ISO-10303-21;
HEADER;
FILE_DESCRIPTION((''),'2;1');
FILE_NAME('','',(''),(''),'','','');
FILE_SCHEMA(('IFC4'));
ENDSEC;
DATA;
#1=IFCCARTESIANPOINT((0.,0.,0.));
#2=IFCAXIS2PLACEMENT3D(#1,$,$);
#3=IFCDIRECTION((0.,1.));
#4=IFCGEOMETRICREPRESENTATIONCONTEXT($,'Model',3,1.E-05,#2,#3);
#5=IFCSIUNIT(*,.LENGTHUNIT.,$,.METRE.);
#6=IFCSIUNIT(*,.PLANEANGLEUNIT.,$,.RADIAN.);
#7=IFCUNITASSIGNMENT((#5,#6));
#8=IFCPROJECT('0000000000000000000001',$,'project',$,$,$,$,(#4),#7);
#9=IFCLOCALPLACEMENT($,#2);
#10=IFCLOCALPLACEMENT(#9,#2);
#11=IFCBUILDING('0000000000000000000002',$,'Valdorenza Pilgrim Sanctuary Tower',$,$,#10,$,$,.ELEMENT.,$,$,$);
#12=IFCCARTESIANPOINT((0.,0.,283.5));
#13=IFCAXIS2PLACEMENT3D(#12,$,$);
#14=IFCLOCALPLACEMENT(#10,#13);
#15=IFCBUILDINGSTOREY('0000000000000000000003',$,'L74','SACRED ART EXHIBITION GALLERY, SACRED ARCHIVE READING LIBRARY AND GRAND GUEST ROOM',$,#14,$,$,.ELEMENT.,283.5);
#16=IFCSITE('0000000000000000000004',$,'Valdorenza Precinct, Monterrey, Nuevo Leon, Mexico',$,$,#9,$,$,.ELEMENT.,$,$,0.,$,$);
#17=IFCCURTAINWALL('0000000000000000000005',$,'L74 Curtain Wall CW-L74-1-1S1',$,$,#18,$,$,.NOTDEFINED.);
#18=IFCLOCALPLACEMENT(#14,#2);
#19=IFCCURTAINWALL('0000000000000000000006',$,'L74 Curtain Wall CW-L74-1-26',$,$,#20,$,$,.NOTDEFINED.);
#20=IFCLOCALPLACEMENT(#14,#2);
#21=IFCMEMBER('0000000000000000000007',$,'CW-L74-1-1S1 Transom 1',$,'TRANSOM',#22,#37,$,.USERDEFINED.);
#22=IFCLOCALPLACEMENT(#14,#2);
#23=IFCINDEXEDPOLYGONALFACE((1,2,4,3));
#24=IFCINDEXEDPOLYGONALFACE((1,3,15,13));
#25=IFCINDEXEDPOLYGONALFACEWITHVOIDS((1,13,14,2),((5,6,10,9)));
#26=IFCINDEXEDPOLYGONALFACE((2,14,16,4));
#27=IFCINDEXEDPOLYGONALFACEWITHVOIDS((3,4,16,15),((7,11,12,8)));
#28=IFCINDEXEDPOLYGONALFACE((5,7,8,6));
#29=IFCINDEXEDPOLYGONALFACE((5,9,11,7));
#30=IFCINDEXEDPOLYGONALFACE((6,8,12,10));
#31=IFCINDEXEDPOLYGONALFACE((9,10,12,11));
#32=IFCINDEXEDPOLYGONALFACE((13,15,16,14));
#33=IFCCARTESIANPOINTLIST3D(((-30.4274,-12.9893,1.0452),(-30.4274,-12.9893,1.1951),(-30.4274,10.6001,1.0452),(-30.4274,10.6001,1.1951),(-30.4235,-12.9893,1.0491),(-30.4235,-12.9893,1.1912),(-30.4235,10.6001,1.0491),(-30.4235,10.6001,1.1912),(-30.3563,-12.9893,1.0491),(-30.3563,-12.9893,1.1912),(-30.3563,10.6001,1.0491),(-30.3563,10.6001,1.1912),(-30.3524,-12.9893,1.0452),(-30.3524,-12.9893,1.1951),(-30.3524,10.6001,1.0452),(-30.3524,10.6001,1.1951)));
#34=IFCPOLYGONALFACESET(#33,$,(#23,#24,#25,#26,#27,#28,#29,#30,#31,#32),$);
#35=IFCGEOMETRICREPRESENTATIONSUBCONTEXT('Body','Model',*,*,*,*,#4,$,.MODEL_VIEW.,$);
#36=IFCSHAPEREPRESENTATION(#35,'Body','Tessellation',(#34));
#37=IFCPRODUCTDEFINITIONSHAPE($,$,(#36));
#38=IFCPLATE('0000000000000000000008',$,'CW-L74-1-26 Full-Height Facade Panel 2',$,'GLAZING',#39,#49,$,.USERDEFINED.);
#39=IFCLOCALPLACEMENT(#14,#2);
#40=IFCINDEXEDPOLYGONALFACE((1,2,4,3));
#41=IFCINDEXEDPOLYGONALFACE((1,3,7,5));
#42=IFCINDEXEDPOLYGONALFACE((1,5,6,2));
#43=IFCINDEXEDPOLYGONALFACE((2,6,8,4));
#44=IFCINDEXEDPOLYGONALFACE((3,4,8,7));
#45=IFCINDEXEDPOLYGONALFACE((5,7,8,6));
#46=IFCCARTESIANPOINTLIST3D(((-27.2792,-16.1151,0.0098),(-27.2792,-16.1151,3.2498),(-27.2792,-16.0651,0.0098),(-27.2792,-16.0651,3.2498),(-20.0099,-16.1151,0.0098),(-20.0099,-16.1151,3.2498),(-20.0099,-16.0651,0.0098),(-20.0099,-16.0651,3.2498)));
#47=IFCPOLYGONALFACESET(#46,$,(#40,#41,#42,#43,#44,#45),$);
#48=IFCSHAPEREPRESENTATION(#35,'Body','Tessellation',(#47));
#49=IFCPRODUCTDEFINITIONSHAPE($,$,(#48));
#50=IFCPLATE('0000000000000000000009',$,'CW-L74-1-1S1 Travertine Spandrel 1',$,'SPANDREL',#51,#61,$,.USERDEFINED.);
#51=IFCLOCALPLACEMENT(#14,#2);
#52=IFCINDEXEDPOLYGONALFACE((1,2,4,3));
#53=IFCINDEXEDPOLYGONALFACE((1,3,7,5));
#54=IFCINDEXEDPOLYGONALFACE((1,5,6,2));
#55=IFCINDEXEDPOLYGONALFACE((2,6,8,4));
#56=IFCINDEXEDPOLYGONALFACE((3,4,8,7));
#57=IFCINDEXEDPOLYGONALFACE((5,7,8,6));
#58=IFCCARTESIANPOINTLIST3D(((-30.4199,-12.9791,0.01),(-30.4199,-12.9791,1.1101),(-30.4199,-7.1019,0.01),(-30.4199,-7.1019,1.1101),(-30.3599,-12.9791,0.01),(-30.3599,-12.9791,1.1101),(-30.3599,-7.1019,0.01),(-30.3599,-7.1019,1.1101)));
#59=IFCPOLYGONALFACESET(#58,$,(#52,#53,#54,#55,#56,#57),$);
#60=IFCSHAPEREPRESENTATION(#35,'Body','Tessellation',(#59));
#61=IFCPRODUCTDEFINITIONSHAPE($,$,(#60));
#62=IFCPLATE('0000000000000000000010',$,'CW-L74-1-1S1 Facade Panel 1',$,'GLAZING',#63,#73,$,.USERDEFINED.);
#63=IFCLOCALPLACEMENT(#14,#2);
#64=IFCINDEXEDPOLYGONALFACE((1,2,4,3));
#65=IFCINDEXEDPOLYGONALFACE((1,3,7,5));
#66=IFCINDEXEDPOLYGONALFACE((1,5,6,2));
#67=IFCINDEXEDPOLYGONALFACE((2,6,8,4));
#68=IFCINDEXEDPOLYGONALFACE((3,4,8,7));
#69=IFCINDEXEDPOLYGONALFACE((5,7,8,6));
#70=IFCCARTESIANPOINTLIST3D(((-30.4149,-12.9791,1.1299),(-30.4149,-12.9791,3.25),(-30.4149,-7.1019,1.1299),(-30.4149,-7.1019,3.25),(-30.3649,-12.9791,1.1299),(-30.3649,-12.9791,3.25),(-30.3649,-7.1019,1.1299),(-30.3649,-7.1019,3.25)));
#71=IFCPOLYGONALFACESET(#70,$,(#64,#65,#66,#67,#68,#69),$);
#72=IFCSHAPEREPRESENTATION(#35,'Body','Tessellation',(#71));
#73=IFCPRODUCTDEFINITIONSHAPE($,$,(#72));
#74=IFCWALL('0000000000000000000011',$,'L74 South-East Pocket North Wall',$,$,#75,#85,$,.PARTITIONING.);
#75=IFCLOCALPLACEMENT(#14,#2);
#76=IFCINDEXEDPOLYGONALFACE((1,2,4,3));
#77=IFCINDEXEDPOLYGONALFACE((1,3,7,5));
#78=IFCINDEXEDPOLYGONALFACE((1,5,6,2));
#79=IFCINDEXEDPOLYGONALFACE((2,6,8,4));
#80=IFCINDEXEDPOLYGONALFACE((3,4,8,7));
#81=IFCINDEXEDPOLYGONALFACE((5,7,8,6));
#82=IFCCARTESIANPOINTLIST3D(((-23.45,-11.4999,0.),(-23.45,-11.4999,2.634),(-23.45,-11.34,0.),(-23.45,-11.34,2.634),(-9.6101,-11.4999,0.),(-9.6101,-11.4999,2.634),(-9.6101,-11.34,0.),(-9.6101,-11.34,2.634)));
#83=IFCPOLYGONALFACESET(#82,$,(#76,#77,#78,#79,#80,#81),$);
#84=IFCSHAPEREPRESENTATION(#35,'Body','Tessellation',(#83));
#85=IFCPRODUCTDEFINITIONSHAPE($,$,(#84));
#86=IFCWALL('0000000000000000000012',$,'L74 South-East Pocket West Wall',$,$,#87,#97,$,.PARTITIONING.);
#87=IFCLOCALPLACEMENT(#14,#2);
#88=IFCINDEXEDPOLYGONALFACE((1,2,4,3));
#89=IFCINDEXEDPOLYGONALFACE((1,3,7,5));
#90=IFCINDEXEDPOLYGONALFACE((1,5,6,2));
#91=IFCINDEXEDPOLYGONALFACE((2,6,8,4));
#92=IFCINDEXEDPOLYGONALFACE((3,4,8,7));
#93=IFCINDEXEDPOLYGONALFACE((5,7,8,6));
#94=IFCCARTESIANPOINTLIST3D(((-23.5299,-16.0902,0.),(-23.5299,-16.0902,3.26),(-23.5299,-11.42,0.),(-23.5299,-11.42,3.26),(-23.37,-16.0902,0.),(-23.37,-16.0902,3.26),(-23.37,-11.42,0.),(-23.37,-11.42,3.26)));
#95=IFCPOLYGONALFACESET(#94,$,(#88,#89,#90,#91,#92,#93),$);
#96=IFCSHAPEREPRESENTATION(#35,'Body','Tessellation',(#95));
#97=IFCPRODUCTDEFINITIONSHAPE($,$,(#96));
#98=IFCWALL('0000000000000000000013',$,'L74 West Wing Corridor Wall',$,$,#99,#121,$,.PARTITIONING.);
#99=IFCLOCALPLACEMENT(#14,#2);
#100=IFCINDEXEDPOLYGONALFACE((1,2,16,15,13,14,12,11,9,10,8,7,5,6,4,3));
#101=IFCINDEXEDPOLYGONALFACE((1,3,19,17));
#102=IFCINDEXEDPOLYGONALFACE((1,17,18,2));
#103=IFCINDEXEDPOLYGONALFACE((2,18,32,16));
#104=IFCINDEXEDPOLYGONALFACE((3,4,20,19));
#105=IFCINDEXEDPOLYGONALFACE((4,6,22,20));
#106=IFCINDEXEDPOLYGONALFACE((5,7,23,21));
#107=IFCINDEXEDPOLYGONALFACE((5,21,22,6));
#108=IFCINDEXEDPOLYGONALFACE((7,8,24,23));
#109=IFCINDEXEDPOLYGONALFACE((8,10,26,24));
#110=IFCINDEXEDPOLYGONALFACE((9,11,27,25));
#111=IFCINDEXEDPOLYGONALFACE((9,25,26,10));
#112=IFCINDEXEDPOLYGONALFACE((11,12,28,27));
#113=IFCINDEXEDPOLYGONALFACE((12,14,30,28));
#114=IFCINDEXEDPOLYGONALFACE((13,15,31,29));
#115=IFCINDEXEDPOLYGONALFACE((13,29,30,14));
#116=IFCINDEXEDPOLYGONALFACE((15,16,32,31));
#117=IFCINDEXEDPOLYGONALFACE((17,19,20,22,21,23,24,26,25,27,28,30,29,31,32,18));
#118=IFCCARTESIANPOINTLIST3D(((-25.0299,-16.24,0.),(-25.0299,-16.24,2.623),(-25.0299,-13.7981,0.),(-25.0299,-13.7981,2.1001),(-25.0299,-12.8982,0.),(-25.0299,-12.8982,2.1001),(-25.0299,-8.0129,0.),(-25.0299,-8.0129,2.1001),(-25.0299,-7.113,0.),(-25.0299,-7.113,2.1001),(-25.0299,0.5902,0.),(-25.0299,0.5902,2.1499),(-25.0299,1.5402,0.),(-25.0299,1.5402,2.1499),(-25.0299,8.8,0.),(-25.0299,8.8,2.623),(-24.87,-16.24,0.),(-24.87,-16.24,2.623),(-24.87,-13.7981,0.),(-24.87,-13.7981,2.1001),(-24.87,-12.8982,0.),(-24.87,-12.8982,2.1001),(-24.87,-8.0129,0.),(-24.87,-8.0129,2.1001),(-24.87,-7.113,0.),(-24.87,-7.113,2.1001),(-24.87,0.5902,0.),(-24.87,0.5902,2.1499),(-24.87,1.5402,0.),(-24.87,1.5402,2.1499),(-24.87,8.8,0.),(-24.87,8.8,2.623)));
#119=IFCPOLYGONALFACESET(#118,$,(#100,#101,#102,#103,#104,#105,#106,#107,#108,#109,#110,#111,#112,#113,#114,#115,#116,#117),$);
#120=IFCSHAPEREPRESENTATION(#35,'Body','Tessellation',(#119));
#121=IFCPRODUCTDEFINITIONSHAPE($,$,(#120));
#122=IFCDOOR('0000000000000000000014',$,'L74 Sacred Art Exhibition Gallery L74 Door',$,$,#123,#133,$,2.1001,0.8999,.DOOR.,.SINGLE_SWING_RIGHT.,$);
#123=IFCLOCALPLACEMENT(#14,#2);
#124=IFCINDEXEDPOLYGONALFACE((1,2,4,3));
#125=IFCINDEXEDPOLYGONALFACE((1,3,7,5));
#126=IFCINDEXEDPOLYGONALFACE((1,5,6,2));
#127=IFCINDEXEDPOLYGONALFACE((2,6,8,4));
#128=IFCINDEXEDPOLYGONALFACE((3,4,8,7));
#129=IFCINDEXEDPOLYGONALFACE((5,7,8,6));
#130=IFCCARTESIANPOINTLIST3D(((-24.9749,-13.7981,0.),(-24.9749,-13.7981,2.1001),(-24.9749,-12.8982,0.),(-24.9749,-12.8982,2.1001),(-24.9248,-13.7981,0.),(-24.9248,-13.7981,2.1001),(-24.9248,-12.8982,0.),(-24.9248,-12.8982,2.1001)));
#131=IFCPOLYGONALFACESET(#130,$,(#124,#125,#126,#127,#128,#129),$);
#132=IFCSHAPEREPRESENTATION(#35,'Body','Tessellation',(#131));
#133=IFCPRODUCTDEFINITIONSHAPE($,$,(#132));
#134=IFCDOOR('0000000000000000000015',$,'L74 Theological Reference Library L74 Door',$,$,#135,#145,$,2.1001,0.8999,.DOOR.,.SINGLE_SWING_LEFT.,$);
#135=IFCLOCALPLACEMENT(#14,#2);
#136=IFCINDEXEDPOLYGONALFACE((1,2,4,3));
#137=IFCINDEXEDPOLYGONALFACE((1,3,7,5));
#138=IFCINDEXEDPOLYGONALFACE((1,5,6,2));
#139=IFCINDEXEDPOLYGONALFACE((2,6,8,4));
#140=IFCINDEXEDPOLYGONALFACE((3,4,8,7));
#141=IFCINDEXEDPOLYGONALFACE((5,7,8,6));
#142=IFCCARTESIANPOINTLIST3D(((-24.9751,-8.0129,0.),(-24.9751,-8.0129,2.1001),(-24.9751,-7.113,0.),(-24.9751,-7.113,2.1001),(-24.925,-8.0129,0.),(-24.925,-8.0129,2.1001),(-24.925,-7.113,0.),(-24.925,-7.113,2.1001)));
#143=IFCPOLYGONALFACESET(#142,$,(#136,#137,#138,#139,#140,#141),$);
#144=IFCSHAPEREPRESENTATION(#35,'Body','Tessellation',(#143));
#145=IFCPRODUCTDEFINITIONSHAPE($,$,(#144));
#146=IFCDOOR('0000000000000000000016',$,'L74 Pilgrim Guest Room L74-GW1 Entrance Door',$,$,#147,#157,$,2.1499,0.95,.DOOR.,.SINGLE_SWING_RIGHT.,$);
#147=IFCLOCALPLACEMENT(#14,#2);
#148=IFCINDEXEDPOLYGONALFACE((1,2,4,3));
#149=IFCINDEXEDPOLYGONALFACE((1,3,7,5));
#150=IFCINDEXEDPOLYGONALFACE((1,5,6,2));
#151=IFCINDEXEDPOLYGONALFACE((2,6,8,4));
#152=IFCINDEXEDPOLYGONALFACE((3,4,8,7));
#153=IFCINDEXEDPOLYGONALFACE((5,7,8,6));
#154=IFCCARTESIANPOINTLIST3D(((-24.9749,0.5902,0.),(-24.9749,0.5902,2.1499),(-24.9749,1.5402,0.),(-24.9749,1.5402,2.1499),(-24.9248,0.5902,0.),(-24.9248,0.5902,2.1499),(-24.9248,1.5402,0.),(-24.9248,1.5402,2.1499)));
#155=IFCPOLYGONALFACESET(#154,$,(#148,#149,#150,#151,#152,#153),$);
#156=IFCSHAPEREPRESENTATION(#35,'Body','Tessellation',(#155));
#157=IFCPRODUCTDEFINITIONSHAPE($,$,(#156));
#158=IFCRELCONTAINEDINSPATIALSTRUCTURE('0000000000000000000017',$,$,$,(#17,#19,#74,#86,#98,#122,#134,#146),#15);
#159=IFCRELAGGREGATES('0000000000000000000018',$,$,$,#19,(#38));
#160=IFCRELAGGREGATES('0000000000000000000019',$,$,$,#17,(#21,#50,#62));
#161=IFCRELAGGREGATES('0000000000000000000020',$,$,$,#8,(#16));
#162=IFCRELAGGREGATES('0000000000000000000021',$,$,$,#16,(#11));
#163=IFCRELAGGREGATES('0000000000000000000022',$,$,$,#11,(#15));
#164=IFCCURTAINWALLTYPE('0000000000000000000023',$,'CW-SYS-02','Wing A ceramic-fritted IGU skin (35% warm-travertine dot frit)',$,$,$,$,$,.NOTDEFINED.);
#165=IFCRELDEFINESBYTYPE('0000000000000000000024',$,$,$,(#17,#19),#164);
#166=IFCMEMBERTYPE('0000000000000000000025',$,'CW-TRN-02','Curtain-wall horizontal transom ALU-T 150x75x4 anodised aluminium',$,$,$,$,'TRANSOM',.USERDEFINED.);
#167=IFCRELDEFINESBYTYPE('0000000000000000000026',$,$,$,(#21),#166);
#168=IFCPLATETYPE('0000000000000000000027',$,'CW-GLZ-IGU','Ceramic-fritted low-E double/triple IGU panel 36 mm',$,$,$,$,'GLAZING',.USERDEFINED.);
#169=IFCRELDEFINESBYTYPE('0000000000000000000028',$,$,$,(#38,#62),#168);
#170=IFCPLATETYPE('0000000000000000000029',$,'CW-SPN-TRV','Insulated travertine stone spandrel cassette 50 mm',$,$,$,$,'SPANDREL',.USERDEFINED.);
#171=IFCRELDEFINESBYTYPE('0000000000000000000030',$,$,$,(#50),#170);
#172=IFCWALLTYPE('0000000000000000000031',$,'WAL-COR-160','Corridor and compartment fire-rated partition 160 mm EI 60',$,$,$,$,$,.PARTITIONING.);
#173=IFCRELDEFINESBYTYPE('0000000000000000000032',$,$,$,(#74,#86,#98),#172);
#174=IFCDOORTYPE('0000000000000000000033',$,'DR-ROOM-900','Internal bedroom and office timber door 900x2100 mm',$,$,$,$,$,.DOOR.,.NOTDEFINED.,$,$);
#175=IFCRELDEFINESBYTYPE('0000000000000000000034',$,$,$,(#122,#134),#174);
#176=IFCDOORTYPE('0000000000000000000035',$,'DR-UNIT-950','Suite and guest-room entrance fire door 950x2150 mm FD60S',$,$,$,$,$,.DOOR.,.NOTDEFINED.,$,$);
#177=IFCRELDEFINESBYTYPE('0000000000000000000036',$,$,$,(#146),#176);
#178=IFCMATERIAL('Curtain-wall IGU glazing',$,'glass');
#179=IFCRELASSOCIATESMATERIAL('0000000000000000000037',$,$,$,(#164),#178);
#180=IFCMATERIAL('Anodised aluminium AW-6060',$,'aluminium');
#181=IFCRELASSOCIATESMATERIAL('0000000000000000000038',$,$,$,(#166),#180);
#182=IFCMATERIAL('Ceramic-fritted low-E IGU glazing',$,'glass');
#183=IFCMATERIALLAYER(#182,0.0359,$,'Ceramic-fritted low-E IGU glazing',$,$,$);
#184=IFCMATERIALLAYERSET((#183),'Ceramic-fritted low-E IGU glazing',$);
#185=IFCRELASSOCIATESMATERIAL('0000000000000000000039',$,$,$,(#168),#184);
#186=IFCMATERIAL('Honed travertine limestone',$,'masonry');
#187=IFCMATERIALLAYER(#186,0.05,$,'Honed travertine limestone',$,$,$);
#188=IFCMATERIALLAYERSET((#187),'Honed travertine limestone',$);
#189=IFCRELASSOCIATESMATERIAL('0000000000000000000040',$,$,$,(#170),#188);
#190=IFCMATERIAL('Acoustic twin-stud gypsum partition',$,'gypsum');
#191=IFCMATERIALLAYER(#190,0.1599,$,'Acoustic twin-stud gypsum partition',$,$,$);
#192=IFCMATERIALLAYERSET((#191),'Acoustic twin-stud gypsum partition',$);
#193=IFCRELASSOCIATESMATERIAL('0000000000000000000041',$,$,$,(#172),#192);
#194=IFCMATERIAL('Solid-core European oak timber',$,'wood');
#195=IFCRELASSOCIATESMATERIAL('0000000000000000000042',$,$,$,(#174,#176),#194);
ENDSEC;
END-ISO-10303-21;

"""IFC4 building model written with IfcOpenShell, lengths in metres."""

from ifc_helpers import new_model, si_unit, direction, frame, frame_2d, origin, origin_2d, place, context, subcontext, project, spatial, rectangle, hollow_rectangle, extrude, source, transform, mapped, material, layer, layer_set, material_profile, profile_set, type_object, element, fill, aggregate, save


model = new_model("IFC4")

# Units and contexts
model_context = context("Model", 3, precision=1e-05, world=origin(), true_north=direction((0.0, 1.0)))
body_context = subcontext(model_context, "Body", "Model", "MODEL_VIEW")
ifc_project = project(units=[si_unit("LENGTHUNIT", "METRE"), si_unit("PLANEANGLEUNIT", "RADIAN")], contexts=[model_context])

# Site, building, storey
site_placement = place(None, origin())
site = spatial("IfcSite", under=ifc_project, at=site_placement, Name="Valdorenza Precinct, Monterrey, Nuevo Leon, Mexico", CompositionType="ELEMENT", RefElevation=0.0)
building_placement = place(site_placement, origin())
building = spatial("IfcBuilding", under=site, at=building_placement, Name="Valdorenza Pilgrim Sanctuary Tower", CompositionType="ELEMENT")
storey_placement = place(building_placement, frame((0.0, 0.0, 283.5)))
storey = spatial("IfcBuildingStorey", under=building, at=storey_placement, Name="L74", Description="SACRED ART EXHIBITION GALLERY, SACRED ARCHIVE READING LIBRARY AND GRAND GUEST ROOM", CompositionType="ELEMENT", Elevation=283.5)

# Curtain wall
ifc_material_1 = material(Name="Curtain-wall IGU glazing", Category="glass")
curtain_wall_type = type_object("IfcCurtainWallType", Name="CW-SYS-02", Description="Wing A ceramic-fritted IGU skin (35% warm-travertine dot frit)", PredefinedType="NOTDEFINED", material=ifc_material_1)
curtain_wall_1_placement = place(storey_placement, origin())
curtain_wall_1 = element("IfcCurtainWall", 1, at=curtain_wall_1_placement, inside=storey, type_object=curtain_wall_type, Name="L74 Curtain Wall CW-L74-1-1S1", PredefinedType="NOTDEFINED")
ifc_material_2 = material(Name="Anodised aluminium AW-6060", Category="aluminium")

# Curtain wall
curtain_wall_2_placement = place(storey_placement, origin())
curtain_wall_2 = element("IfcCurtainWall", 2, at=curtain_wall_2_placement, inside=storey, type_object=curtain_wall_type, Name="L74 Curtain Wall CW-L74-1-26", PredefinedType="NOTDEFINED")

# Member
ifc_material_profile_1 = material_profile(ifc_material_2, hollow_rectangle(XDim=0.075, YDim=0.1499, WallThickness=0.0039, at=origin_2d()), Name="ALU-T 150x75x4")
ifc_profile_set_1 = profile_set([ifc_material_profile_1], Name="Anodised aluminium AW-6060")
member_type_1 = type_object("IfcMemberType", Name="CW-TRN-02", Description="Curtain-wall horizontal transom ALU-T 150x75x4 anodised aluminium", ElementType="TRANSOM", PredefinedType="USERDEFINED", material=ifc_profile_set_1)
shared_shape_1 = source(origin(), body_context, "Body", "SweptSolid", [
    extrude(hollow_rectangle(XDim=0.075, YDim=0.1499, WallThickness=0.0039, at=origin_2d()), origin(), (0.0, 0.0, 1.0), 23.5894),
])
member_1_placement = place(storey_placement, frame((-30.3899, -12.9893, 1.1201), z_axis=(0.0, 1.0, 0.0), x_axis=(-1.0, 0.0, 0.0)))
member_1 = element("IfcMember", 3, at=member_1_placement, type_object=member_type_1, Name="CW-L74-1-1S1 Transom 1", ObjectType="TRANSOM", PredefinedType="USERDEFINED", context=body_context, shape_type="MappedRepresentation", body=[
    mapped(shared_shape_1, transform((0.0, 0.0, 0.0), x_axis=(1.0, 0.0, 0.0), y_axis=(0.0, 1.0, 0.0), z_axis=(0.0, 0.0, 1.0), scale=1.0)),
])

# Plates
ifc_material_3 = material(Name="Ceramic-fritted low-E IGU glazing", Category="glass")
ifc_layer_1 = layer(ifc_material_3, 0.0359, Name="Ceramic-fritted low-E IGU glazing")
ifc_layer_set_1 = layer_set([ifc_layer_1], Name="Ceramic-fritted low-E IGU glazing")
plate_type_1 = type_object("IfcPlateType", Name="CW-GLZ-IGU", Description="Ceramic-fritted low-E double/triple IGU panel 36 mm", ElementType="GLAZING", PredefinedType="USERDEFINED", material=ifc_layer_set_1)
shared_shape_2 = source(origin(), body_context, "Body", "SweptSolid", [
    extrude(rectangle(XDim=7.2693, YDim=0.05, at=origin_2d()), origin(), (0.0, 0.0, 1.0), 3.24),
])
plate_1_placement = place(storey_placement, frame((-23.6445, -16.0901, 0.0098), z_axis=(0.0, 0.0, 1.0), x_axis=(-1.0, 0.0, 0.0)))
plate_1 = element("IfcPlate", 4, at=plate_1_placement, type_object=plate_type_1, Name="CW-L74-1-26 Full-Height Facade Panel 2", ObjectType="GLAZING", PredefinedType="USERDEFINED", context=body_context, shape_type="MappedRepresentation", body=[
    mapped(shared_shape_2, transform((0.0, 0.0, 0.0), x_axis=(1.0, 0.0, 0.0), y_axis=(0.0, 1.0, 0.0), z_axis=(0.0, 0.0, 1.0), scale=1.0)),
])
aggregate(curtain_wall_2, [plate_1])
ifc_material_4 = material(Name="Honed travertine limestone", Category="masonry")
ifc_layer_2 = layer(ifc_material_4, 0.05, Name="Honed travertine limestone")
ifc_layer_set_2 = layer_set([ifc_layer_2], Name="Honed travertine limestone")
plate_type_2 = type_object("IfcPlateType", Name="CW-SPN-TRV", Description="Insulated travertine stone spandrel cassette 50 mm", ElementType="SPANDREL", PredefinedType="USERDEFINED", material=ifc_layer_set_2)
shared_shape_3 = source(origin(), body_context, "Body", "SweptSolid", [
    extrude(rectangle(XDim=5.8772, YDim=0.0601, at=origin_2d()), origin(), (0.0, 0.0, 1.0), 1.1001),
])
plate_2_placement = place(storey_placement, frame((-30.3899, -10.0405, 0.01), z_axis=(0.0, 0.0, 1.0), x_axis=(0.0, 1.0, 0.0)))
plate_2 = element("IfcPlate", 5, at=plate_2_placement, type_object=plate_type_2, Name="CW-L74-1-1S1 Travertine Spandrel 1", ObjectType="SPANDREL", PredefinedType="USERDEFINED", context=body_context, shape_type="MappedRepresentation", body=[
    mapped(shared_shape_3, transform((0.0, 0.0, 0.0), x_axis=(1.0, 0.0, 0.0), y_axis=(0.0, 1.0, 0.0), z_axis=(0.0, 0.0, 1.0), scale=1.0)),
])
shared_shape_4 = source(origin(), body_context, "Body", "SweptSolid", [
    extrude(rectangle(XDim=5.8772, YDim=0.05, at=origin_2d()), origin(), (0.0, 0.0, 1.0), 2.1201),
])
plate_3_placement = place(storey_placement, frame((-30.3899, -10.0405, 1.1299), z_axis=(0.0, 0.0, 1.0), x_axis=(0.0, 1.0, 0.0)))
plate_3 = element("IfcPlate", 6, at=plate_3_placement, type_object=plate_type_1, Name="CW-L74-1-1S1 Facade Panel 1", ObjectType="GLAZING", PredefinedType="USERDEFINED", context=body_context, shape_type="MappedRepresentation", body=[
    mapped(shared_shape_4, transform((0.0, 0.0, 0.0), x_axis=(1.0, 0.0, 0.0), y_axis=(0.0, 1.0, 0.0), z_axis=(0.0, 0.0, 1.0), scale=1.0)),
])
aggregate(curtain_wall_1, [member_1, plate_2, plate_3])

# Walls
ifc_material_5 = material(Name="Acoustic twin-stud gypsum partition", Category="gypsum")
ifc_layer_3 = layer(ifc_material_5, 0.1599, Name="Acoustic twin-stud gypsum partition")
ifc_layer_set_3 = layer_set([ifc_layer_3], Name="Acoustic twin-stud gypsum partition")
wall_type_1 = type_object("IfcWallType", Name="WAL-COR-160", Description="Corridor and compartment fire-rated partition 160 mm EI 60", PredefinedType="PARTITIONING", material=ifc_layer_set_3)
wall_1_placement = place(storey_placement, frame((-23.45, -11.4199, 0.0), z_axis=(0.0, 0.0, 1.0), x_axis=(1.0, 0.0, 0.0)))
element("IfcWall", 7, at=wall_1_placement, inside=storey, type_object=wall_type_1, Name="L74 South-East Pocket North Wall", PredefinedType="PARTITIONING", context=body_context, shape_type="SweptSolid", body=[
    extrude(rectangle(XDim=13.8398, YDim=0.1599, at=frame_2d((6.9199, 0.0))), origin(), (0.0, 0.0, 1.0), 2.634),
])
wall_2_placement = place(storey_placement, frame((-23.45, -16.0901, 0.0), z_axis=(0.0, 0.0, 1.0), x_axis=(0.0, 1.0, 0.0)))
element("IfcWall", 8, at=wall_2_placement, inside=storey, type_object=wall_type_1, Name="L74 South-East Pocket West Wall", PredefinedType="PARTITIONING", context=body_context, shape_type="SweptSolid", body=[
    extrude(rectangle(XDim=4.6702, YDim=0.1599, at=frame_2d((2.335, 0.0))), origin(), (0.0, 0.0, 1.0), 3.26),
])

# Wall, openings, doors
wall_3_placement = place(storey_placement, frame((-24.95, -16.24, 0.0), z_axis=(0.0, 0.0, 1.0), x_axis=(0.0, 1.0, 0.0)))
wall_3 = element("IfcWall", 9, at=wall_3_placement, inside=storey, type_object=wall_type_1, Name="L74 West Wing Corridor Wall", PredefinedType="PARTITIONING", context=body_context, shape_type="SweptSolid", body=[
    extrude(rectangle(XDim=25.04, YDim=0.1599, at=frame_2d((12.52, 0.0))), origin(), (0.0, 0.0, 1.0), 2.623),
])
opening_1_placement = place(wall_3_placement, frame((2.4419, 0.0, 0.0)))
opening_1 = element("IfcOpeningElement", 10, at=opening_1_placement, cuts=wall_3, PredefinedType="OPENING", context=body_context, shape_type="SweptSolid", body=[
    extrude(rectangle(XDim=0.8999, YDim=2.1001, at=frame_2d((0.45, 1.05))), frame((0.0, 0.0947, 0.0), z_axis=(0.0, -1.0, 0.0), x_axis=(1.0, 0.0, 0.0)), (0.0, 0.0, 1.0), 0.1897),
])
opening_2_placement = place(wall_3_placement, frame((8.2271, 0.0, 0.0)))
opening_2 = element("IfcOpeningElement", 11, at=opening_2_placement, cuts=wall_3, PredefinedType="OPENING", context=body_context, shape_type="SweptSolid", body=[
    extrude(rectangle(XDim=0.8999, YDim=2.1001, at=frame_2d((0.45, 1.05))), frame((0.0, 0.0947, 0.0), z_axis=(0.0, -1.0, 0.0), x_axis=(1.0, 0.0, 0.0)), (0.0, 0.0, 1.0), 0.1897),
])
opening_3_placement = place(wall_3_placement, frame((16.8301, 0.0, 0.0)))
opening_3 = element("IfcOpeningElement", 12, at=opening_3_placement, cuts=wall_3, PredefinedType="OPENING", context=body_context, shape_type="SweptSolid", body=[
    extrude(rectangle(XDim=0.95, YDim=2.1499, at=frame_2d((0.4751, 1.075))), frame((0.0, 0.0947, 0.0), z_axis=(0.0, -1.0, 0.0), x_axis=(1.0, 0.0, 0.0)), (0.0, 0.0, 1.0), 0.1897),
])
ifc_material_6 = material(Name="Solid-core European oak timber", Category="wood")
door_type_1 = type_object("IfcDoorType", Name="DR-ROOM-900", Description="Internal bedroom and office timber door 900x2100 mm", OperationType="NOTDEFINED", PredefinedType="DOOR", material=ifc_material_6)
door_1_placement = place(opening_1_placement, origin())
door_1 = element("IfcDoor", 13, at=door_1_placement, inside=storey, type_object=door_type_1, Name="L74 Sacred Art Exhibition Gallery L74 Door", OperationType="SINGLE_SWING_RIGHT", OverallHeight=2.1001, OverallWidth=0.8999, PredefinedType="DOOR", context=body_context, shape_type="SweptSolid", body=[
    extrude(rectangle(XDim=0.8999, YDim=2.1001, at=frame_2d((0.45, 1.05))), frame((0.0, 0.0249, 0.0), z_axis=(0.0, -1.0, 0.0), x_axis=(1.0, 0.0, 0.0)), (0.0, 0.0, 1.0), 0.05),
])
fill(opening_1, door_1)
door_2_placement = place(opening_2_placement, frame((0.8999, 0.0, 0.0), z_axis=(0.0, 0.0, 1.0), x_axis=(-1.0, 0.0, 0.0)))
door_2 = element("IfcDoor", 14, at=door_2_placement, inside=storey, type_object=door_type_1, Name="L74 Theological Reference Library L74 Door", OperationType="SINGLE_SWING_LEFT", OverallHeight=2.1001, OverallWidth=0.8999, PredefinedType="DOOR", context=body_context, shape_type="SweptSolid", body=[
    extrude(rectangle(XDim=0.8999, YDim=2.1001, at=frame_2d((0.45, 1.05))), frame((0.0, 0.0249, 0.0), z_axis=(0.0, -1.0, 0.0), x_axis=(1.0, 0.0, 0.0)), (0.0, 0.0, 1.0), 0.05),
])
fill(opening_2, door_2)
door_type_2 = type_object("IfcDoorType", Name="DR-UNIT-950", Description="Suite and guest-room entrance fire door 950x2150 mm FD60S", OperationType="NOTDEFINED", PredefinedType="DOOR", material=ifc_material_6)
door_3_placement = place(opening_3_placement, origin())
door_3 = element("IfcDoor", 15, at=door_3_placement, inside=storey, type_object=door_type_2, Name="L74 Pilgrim Guest Room L74-GW1 Entrance Door", OperationType="SINGLE_SWING_RIGHT", OverallHeight=2.1499, OverallWidth=0.95, PredefinedType="DOOR", context=body_context, shape_type="SweptSolid", body=[
    extrude(rectangle(XDim=0.95, YDim=2.1499, at=frame_2d((0.4751, 1.075))), frame((0.0, 0.0249, 0.0), z_axis=(0.0, -1.0, 0.0), x_axis=(1.0, 0.0, 0.0)), (0.0, 0.0, 1.0), 0.05),
])
fill(opening_3, door_3)

save(model, "model.ifc")
